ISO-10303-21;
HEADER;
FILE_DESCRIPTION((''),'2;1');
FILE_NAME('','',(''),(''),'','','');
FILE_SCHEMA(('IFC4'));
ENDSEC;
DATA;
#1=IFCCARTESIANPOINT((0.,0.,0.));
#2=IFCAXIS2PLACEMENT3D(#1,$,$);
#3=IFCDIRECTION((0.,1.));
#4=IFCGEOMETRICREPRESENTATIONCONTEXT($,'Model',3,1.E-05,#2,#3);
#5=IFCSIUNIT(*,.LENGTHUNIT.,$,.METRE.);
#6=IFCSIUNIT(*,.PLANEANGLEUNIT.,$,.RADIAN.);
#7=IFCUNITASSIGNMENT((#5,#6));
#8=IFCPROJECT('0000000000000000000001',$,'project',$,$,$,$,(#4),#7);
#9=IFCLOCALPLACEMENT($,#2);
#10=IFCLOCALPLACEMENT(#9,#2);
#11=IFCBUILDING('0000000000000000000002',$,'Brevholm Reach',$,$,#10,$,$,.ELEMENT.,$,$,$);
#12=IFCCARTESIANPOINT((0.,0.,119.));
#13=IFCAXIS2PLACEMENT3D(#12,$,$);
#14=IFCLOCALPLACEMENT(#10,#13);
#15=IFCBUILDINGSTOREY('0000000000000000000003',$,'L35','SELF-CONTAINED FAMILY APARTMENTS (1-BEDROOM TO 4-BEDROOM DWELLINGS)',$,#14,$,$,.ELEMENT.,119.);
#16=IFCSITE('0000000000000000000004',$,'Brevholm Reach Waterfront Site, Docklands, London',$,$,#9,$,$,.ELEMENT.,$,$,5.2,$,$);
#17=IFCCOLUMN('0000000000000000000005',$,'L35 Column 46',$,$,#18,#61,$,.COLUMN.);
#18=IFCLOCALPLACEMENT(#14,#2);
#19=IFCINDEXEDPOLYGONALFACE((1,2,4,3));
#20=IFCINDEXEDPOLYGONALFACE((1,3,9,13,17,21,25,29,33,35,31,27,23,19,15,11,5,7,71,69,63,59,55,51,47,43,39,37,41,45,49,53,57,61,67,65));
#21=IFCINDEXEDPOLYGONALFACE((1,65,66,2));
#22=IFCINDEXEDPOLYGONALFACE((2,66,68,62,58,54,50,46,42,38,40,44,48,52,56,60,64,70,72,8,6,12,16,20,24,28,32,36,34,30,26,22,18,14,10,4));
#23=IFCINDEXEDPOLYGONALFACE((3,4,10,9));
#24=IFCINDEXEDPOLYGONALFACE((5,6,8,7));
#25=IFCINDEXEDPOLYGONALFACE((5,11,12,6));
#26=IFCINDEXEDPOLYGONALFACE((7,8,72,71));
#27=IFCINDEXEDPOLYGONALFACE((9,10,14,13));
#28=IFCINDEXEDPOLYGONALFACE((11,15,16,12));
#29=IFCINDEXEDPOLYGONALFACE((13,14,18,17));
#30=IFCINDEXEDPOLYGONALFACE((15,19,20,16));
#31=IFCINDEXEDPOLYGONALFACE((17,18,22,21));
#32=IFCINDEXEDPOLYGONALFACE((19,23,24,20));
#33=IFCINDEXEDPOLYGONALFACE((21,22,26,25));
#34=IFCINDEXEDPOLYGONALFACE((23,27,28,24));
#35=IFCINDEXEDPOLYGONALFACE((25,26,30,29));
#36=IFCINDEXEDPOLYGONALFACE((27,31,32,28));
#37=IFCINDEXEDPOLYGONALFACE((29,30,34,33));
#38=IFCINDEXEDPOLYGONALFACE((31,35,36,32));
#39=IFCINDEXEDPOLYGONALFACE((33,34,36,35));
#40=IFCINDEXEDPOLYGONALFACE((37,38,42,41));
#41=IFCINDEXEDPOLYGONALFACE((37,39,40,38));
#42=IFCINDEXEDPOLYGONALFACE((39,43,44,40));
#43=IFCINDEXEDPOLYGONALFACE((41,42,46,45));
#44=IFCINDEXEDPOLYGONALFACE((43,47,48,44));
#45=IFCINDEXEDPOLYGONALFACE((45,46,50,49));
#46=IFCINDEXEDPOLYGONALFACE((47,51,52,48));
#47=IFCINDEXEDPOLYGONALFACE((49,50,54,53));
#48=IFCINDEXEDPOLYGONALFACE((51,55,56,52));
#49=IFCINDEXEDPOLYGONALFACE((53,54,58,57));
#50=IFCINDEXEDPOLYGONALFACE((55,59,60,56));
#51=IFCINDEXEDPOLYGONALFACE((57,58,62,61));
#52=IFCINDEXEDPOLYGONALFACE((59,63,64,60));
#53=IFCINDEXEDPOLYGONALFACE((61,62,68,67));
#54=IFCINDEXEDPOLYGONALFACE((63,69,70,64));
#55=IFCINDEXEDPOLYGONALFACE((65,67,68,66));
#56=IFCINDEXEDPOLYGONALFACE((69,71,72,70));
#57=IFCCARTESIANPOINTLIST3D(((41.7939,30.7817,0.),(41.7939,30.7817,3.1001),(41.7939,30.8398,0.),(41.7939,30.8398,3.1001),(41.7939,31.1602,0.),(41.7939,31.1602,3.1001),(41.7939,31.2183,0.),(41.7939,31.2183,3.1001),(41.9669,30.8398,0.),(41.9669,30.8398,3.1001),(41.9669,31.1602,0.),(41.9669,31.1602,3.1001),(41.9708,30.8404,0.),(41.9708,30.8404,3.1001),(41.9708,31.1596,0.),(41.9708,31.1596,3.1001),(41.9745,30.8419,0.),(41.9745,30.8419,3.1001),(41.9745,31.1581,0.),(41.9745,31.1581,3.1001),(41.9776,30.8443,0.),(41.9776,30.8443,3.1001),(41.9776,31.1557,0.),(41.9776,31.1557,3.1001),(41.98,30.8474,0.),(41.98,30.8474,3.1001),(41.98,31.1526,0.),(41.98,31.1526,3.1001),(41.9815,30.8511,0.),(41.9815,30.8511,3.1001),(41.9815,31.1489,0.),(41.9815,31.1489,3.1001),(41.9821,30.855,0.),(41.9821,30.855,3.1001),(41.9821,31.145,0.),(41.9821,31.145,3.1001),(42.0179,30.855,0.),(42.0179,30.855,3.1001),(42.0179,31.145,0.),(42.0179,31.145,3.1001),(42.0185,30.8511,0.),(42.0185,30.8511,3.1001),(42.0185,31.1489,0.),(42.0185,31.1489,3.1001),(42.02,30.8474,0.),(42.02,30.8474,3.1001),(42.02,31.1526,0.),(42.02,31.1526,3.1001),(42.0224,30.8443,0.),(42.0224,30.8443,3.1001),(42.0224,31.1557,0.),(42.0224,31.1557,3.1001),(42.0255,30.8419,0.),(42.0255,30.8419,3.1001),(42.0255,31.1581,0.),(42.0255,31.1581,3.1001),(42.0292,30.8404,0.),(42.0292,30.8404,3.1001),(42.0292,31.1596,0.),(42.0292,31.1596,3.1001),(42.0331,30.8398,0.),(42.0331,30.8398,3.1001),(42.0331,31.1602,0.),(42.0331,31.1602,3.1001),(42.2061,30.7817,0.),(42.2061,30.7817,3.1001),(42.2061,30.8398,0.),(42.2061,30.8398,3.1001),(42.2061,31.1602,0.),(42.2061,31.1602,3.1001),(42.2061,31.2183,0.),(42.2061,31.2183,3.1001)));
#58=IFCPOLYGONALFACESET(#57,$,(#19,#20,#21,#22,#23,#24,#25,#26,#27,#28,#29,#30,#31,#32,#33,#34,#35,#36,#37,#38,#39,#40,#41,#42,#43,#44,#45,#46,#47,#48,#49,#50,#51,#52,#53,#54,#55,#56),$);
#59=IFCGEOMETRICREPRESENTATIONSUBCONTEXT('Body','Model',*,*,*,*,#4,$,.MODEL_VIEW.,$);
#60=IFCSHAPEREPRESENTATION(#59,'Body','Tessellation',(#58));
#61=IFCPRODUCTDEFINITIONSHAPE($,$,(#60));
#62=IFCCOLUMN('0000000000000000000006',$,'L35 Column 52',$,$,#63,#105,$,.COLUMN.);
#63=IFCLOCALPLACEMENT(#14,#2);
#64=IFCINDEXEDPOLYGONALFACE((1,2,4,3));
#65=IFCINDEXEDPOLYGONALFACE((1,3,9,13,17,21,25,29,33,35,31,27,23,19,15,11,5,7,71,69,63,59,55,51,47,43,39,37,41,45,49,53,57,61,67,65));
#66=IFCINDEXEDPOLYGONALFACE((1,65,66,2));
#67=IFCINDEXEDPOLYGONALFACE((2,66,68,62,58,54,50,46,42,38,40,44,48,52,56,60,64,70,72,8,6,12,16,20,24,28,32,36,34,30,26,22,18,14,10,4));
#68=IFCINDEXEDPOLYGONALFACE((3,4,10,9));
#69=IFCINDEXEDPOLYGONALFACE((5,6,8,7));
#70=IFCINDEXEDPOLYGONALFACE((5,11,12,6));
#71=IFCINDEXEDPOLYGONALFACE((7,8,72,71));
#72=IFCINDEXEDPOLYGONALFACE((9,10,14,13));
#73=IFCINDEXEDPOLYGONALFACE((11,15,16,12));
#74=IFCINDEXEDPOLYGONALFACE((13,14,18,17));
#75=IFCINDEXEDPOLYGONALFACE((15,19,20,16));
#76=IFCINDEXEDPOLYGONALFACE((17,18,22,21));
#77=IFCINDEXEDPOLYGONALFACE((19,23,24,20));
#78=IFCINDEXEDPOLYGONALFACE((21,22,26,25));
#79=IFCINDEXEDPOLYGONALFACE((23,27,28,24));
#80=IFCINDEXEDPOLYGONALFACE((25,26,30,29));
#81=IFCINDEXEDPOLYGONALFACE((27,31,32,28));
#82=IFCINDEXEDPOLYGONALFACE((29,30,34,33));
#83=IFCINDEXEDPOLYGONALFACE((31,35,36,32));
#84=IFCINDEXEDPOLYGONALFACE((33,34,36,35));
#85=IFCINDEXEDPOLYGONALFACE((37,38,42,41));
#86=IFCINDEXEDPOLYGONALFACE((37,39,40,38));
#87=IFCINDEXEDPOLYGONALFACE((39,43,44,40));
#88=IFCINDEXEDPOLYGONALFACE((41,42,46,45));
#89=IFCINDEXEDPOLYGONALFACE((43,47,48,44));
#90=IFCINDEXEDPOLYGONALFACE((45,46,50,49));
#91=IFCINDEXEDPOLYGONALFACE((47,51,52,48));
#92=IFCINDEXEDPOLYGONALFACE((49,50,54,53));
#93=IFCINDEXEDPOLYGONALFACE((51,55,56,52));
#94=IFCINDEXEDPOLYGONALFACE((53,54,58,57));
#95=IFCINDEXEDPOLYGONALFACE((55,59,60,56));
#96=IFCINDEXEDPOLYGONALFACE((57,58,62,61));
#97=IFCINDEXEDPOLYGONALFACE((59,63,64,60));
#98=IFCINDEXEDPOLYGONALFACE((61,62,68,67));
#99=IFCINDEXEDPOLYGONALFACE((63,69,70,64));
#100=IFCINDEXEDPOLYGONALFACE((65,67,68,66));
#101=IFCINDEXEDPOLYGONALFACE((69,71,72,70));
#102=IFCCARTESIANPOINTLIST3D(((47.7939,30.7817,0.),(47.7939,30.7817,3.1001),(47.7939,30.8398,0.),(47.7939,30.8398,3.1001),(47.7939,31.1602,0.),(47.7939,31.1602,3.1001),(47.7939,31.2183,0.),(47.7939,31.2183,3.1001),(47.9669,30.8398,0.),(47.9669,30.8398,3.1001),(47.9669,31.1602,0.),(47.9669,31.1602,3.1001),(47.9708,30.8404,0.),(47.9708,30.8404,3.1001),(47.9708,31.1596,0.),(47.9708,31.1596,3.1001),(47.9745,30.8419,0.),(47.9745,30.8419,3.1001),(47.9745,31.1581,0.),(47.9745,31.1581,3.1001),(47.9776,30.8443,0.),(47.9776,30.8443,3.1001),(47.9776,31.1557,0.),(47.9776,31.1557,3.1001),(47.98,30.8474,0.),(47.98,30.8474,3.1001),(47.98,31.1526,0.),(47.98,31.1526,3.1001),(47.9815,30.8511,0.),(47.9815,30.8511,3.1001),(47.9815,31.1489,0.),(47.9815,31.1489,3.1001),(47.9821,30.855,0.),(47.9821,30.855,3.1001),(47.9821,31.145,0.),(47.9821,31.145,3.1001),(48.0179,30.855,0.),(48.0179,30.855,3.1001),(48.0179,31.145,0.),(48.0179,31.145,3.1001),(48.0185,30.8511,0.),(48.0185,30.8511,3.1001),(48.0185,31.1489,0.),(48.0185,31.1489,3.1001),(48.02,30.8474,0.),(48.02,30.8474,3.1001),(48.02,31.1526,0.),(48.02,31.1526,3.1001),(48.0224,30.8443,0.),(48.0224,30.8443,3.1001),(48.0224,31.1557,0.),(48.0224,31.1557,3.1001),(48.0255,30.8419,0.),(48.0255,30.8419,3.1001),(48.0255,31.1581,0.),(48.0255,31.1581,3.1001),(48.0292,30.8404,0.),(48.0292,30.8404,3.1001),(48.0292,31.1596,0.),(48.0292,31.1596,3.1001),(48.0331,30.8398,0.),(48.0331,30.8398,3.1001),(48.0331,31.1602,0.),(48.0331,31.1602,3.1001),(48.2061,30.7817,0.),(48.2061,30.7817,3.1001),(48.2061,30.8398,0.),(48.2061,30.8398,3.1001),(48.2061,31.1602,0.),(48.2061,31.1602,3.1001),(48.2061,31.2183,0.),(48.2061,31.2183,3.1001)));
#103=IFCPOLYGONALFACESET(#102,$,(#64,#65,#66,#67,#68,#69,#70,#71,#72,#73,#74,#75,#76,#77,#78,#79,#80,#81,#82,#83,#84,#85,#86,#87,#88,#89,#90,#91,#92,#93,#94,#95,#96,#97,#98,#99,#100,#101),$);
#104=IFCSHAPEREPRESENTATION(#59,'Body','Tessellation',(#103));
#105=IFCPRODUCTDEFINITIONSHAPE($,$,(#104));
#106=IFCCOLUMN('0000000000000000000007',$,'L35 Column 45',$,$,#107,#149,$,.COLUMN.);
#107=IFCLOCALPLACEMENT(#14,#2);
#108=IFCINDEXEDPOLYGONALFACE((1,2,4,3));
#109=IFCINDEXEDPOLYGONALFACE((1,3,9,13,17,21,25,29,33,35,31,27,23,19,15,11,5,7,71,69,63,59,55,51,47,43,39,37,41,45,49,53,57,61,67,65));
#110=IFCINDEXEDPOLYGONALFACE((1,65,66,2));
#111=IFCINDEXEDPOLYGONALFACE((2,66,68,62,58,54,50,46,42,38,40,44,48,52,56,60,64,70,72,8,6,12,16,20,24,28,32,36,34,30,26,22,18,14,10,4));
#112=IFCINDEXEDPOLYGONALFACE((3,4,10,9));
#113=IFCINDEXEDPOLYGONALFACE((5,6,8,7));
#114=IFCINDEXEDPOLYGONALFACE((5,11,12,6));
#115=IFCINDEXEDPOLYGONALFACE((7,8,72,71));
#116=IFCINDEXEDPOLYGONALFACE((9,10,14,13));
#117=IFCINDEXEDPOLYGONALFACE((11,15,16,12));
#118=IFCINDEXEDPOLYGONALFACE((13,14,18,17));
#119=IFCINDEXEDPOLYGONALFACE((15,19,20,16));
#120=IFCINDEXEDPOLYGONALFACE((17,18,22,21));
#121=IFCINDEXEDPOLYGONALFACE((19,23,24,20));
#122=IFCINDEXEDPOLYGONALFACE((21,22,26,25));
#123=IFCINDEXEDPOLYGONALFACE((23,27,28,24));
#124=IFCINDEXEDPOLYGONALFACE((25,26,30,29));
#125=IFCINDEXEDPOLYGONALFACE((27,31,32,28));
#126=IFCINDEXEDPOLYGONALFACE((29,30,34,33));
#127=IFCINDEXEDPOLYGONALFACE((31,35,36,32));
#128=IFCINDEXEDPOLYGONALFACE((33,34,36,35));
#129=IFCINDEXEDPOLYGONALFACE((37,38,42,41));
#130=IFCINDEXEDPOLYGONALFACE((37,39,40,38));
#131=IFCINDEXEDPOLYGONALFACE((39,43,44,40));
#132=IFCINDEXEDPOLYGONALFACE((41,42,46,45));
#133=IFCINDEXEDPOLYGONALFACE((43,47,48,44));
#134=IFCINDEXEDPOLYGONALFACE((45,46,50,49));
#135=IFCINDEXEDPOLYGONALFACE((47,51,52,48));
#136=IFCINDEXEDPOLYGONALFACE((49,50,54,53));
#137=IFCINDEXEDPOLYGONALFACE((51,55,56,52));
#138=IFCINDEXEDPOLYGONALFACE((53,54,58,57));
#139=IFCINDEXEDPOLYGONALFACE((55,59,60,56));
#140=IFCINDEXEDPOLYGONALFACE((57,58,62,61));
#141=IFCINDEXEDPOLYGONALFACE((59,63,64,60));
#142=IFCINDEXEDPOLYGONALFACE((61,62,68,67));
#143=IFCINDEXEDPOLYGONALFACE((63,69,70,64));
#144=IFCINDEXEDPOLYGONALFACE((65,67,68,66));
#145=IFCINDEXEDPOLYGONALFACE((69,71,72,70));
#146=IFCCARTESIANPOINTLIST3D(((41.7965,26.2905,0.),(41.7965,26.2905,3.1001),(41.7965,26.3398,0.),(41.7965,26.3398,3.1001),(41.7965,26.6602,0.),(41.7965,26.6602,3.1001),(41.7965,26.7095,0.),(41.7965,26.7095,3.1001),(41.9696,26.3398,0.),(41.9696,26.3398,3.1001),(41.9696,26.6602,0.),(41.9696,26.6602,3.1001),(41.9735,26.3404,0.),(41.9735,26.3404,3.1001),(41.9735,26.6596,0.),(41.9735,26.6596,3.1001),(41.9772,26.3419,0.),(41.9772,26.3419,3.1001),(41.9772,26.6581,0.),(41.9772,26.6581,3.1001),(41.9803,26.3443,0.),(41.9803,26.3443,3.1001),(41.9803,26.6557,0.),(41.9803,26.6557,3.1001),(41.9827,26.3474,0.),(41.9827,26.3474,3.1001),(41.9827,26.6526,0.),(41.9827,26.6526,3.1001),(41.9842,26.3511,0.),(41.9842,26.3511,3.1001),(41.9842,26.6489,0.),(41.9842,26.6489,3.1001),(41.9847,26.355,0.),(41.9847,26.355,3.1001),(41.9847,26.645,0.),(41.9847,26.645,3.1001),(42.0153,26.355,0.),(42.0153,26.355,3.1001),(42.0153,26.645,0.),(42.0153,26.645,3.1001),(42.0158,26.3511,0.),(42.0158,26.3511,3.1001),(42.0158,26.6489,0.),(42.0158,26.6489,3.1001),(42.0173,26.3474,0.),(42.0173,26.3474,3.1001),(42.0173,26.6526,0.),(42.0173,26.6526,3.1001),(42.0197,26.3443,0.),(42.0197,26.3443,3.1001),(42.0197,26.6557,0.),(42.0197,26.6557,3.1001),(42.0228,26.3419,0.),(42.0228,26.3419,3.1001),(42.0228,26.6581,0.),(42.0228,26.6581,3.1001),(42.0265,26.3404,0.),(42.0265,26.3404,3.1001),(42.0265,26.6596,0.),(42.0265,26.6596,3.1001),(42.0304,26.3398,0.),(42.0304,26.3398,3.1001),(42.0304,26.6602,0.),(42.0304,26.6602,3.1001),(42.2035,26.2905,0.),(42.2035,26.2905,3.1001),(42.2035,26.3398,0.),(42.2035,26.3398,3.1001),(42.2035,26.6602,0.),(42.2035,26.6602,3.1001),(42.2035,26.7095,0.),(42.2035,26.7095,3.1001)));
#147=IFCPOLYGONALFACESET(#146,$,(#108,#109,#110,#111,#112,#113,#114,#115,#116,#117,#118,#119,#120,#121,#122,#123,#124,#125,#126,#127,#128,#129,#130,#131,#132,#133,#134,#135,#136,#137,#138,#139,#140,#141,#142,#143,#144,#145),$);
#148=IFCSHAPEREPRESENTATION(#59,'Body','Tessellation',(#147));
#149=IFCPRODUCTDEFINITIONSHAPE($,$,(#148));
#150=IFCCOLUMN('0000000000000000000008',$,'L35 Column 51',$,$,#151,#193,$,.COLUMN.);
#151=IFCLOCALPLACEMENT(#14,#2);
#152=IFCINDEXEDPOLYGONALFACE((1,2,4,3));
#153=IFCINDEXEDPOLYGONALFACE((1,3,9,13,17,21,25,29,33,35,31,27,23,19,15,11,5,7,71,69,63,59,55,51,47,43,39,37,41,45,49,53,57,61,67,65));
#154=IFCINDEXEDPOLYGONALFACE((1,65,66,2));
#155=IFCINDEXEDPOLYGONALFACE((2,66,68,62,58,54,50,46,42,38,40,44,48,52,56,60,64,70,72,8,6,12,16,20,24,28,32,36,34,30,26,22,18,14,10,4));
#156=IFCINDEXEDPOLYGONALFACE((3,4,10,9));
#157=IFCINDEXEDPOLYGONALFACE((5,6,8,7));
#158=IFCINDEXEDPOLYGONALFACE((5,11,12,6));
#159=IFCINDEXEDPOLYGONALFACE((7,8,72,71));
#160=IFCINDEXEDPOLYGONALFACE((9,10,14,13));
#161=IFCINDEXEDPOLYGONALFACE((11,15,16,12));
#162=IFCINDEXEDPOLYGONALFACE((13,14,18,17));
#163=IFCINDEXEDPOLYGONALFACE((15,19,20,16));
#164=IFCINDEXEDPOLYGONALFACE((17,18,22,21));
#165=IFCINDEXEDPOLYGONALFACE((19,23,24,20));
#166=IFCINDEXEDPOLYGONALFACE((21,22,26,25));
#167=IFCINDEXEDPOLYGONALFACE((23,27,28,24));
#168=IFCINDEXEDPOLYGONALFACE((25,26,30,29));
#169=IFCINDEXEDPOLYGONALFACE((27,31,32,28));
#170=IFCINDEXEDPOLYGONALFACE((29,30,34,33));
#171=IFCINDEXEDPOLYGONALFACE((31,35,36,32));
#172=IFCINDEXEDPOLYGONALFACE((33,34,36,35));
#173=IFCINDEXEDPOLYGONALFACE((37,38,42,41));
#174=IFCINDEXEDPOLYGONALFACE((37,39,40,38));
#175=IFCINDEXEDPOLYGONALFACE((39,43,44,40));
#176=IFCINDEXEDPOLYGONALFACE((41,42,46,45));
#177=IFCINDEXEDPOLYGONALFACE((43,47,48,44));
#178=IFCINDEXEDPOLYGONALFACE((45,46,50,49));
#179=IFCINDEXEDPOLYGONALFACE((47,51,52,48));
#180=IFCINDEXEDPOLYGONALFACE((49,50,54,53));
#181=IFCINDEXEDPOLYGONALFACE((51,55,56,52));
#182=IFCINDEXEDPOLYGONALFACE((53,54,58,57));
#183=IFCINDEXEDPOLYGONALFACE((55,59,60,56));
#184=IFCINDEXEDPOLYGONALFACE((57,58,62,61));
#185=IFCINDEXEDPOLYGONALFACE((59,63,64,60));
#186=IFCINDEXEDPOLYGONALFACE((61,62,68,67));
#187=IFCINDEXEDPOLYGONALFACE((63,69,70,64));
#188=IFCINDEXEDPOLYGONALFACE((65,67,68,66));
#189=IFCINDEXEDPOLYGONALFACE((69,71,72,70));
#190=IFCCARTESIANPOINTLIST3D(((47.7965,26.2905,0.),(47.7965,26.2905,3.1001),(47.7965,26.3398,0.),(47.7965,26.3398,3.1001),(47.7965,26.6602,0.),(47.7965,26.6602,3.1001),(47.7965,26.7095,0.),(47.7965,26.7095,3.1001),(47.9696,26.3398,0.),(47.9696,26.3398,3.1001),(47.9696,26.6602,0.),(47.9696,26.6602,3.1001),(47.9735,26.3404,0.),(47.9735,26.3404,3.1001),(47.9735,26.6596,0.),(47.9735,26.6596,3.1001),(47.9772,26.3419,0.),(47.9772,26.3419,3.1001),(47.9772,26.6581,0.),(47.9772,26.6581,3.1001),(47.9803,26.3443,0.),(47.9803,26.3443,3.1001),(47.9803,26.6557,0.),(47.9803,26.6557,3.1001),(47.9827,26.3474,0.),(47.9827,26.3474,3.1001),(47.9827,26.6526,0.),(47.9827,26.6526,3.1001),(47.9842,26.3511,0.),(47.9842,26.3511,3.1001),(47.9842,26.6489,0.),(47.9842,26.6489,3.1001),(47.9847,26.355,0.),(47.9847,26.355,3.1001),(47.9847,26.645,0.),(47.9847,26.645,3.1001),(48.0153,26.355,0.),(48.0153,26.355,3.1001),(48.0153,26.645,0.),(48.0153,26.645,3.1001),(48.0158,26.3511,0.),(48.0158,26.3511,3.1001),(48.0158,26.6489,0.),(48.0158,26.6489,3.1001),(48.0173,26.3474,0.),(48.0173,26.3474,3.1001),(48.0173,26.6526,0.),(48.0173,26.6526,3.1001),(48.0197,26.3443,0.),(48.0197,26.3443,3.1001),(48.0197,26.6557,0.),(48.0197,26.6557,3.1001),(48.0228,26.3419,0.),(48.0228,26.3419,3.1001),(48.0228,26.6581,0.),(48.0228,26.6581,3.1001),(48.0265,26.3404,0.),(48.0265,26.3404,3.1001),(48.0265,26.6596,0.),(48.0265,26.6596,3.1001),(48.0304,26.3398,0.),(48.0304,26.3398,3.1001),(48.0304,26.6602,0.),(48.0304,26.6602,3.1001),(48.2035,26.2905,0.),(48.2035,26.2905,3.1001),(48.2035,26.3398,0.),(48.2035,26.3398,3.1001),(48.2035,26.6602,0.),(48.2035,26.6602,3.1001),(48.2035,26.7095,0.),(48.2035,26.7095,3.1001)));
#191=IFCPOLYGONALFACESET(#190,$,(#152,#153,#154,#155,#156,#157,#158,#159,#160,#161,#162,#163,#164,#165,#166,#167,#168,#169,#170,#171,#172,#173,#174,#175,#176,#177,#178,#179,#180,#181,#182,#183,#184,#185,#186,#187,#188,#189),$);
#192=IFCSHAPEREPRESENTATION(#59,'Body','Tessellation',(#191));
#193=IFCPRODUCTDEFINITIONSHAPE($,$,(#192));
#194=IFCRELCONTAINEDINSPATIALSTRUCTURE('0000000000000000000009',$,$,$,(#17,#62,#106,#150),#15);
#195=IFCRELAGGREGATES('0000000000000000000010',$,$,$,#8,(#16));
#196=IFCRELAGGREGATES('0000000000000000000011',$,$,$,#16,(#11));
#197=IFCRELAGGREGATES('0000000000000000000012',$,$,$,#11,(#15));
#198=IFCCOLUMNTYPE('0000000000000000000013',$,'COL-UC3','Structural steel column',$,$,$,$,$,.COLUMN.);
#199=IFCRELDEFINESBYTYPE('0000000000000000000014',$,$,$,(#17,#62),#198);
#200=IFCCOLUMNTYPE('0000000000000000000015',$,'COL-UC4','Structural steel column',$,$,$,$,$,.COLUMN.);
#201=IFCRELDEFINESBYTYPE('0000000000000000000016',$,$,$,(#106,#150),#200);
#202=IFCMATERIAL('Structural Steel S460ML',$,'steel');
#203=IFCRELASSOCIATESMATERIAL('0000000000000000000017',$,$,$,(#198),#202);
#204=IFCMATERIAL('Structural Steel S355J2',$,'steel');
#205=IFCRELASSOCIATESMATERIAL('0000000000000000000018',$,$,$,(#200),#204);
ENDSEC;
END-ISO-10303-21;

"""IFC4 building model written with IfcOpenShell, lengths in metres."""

from ifc_helpers import new_model, si_unit, direction, frame, origin, origin_2d, place, context, subcontext, project, spatial, i_section, extrude, material, material_profile, profile_set, type_object, element, save


model = new_model("IFC4")

# Units and contexts
model_context = context("Model", 3, precision=1e-05, world=origin(), true_north=direction((0.0, 1.0)))
body_context = subcontext(model_context, "Body", "Model", "MODEL_VIEW")
ifc_project = project(units=[si_unit("LENGTHUNIT", "METRE"), si_unit("PLANEANGLEUNIT", "RADIAN")], contexts=[model_context])

# Site, building, storey
site_placement = place(None, origin())
site = spatial("IfcSite", under=ifc_project, at=site_placement, Name="Brevholm Reach Waterfront Site, Docklands, London", CompositionType="ELEMENT", RefElevation=5.2)
building_placement = place(site_placement, origin())
building = spatial("IfcBuilding", under=site, at=building_placement, Name="Brevholm Reach", CompositionType="ELEMENT")
storey_placement = place(building_placement, frame((0.0, 0.0, 119.0)))
storey = spatial("IfcBuildingStorey", under=building, at=storey_placement, Name="L35", Description="SELF-CONTAINED FAMILY APARTMENTS (1-BEDROOM TO 4-BEDROOM DWELLINGS)", CompositionType="ELEMENT", Elevation=119.0)

# Columns
ifc_material_1 = material(Name="Structural Steel S460ML", Category="steel")
ifc_material_profile_1 = material_profile(ifc_material_1, i_section(OverallWidth=0.4121, OverallDepth=0.4365, WebThickness=0.0359, FlangeThickness=0.0581, FilletRadius=0.0151, at=origin_2d()), Name="UKC 356x406x467")
ifc_profile_set_1 = profile_set([ifc_material_profile_1], Name="Structural Steel S460ML")
column_type_1 = type_object("IfcColumnType", Name="COL-UC3", Description="Structural steel column", PredefinedType="COLUMN", material=ifc_profile_set_1)
for number, where, z_axis, x_axis, name in (
    (1, (42.0, 31.0, 0.0), (0.0, 0.0, 1.0), (1.0, 0.0, 0.0), "L35 Column 46"),
    (2, (48.0, 31.0, 0.0), (0.0, 0.0, 1.0), (1.0, 0.0, 0.0), "L35 Column 52"),
):
    element("IfcColumn", number, at=place(storey_placement, frame(where, z_axis=z_axis, x_axis=x_axis)), inside=storey, type_object=column_type_1, Name=name, PredefinedType="COLUMN", context=body_context, shape_type="SweptSolid", body=[
        extrude(i_section(OverallWidth=0.4121, OverallDepth=0.4365, WebThickness=0.0359, FlangeThickness=0.0581, FilletRadius=0.0151, at=origin_2d()), origin(), (0.0, 0.0, 1.0), 3.1001),
    ])
ifc_material_2 = material(Name="Structural Steel S355J2", Category="steel")
ifc_material_profile_2 = material_profile(ifc_material_2, i_section(OverallWidth=0.407, OverallDepth=0.4189, WebThickness=0.0305, FlangeThickness=0.0493, FilletRadius=0.0151, at=origin_2d()), Name="UKC 356x406x393")
ifc_profile_set_2 = profile_set([ifc_material_profile_2], Name="Structural Steel S355J2")
column_type_2 = type_object("IfcColumnType", Name="COL-UC4", Description="Structural steel column", PredefinedType="COLUMN", material=ifc_profile_set_2)
for number, where, z_axis, x_axis, name in (
    (3, (42.0, 26.5, 0.0), (0.0, 0.0, 1.0), (1.0, 0.0, 0.0), "L35 Column 45"),
    (4, (48.0, 26.5, 0.0), (0.0, 0.0, 1.0), (1.0, 0.0, 0.0), "L35 Column 51"),
):
    element("IfcColumn", number, at=place(storey_placement, frame(where, z_axis=z_axis, x_axis=x_axis)), inside=storey, type_object=column_type_2, Name=name, PredefinedType="COLUMN", context=body_context, shape_type="SweptSolid", body=[
        extrude(i_section(OverallWidth=0.407, OverallDepth=0.4189, WebThickness=0.0305, FlangeThickness=0.0493, FilletRadius=0.0151, at=origin_2d()), origin(), (0.0, 0.0, 1.0), 3.1001),
    ])

save(model, "model.ifc")
